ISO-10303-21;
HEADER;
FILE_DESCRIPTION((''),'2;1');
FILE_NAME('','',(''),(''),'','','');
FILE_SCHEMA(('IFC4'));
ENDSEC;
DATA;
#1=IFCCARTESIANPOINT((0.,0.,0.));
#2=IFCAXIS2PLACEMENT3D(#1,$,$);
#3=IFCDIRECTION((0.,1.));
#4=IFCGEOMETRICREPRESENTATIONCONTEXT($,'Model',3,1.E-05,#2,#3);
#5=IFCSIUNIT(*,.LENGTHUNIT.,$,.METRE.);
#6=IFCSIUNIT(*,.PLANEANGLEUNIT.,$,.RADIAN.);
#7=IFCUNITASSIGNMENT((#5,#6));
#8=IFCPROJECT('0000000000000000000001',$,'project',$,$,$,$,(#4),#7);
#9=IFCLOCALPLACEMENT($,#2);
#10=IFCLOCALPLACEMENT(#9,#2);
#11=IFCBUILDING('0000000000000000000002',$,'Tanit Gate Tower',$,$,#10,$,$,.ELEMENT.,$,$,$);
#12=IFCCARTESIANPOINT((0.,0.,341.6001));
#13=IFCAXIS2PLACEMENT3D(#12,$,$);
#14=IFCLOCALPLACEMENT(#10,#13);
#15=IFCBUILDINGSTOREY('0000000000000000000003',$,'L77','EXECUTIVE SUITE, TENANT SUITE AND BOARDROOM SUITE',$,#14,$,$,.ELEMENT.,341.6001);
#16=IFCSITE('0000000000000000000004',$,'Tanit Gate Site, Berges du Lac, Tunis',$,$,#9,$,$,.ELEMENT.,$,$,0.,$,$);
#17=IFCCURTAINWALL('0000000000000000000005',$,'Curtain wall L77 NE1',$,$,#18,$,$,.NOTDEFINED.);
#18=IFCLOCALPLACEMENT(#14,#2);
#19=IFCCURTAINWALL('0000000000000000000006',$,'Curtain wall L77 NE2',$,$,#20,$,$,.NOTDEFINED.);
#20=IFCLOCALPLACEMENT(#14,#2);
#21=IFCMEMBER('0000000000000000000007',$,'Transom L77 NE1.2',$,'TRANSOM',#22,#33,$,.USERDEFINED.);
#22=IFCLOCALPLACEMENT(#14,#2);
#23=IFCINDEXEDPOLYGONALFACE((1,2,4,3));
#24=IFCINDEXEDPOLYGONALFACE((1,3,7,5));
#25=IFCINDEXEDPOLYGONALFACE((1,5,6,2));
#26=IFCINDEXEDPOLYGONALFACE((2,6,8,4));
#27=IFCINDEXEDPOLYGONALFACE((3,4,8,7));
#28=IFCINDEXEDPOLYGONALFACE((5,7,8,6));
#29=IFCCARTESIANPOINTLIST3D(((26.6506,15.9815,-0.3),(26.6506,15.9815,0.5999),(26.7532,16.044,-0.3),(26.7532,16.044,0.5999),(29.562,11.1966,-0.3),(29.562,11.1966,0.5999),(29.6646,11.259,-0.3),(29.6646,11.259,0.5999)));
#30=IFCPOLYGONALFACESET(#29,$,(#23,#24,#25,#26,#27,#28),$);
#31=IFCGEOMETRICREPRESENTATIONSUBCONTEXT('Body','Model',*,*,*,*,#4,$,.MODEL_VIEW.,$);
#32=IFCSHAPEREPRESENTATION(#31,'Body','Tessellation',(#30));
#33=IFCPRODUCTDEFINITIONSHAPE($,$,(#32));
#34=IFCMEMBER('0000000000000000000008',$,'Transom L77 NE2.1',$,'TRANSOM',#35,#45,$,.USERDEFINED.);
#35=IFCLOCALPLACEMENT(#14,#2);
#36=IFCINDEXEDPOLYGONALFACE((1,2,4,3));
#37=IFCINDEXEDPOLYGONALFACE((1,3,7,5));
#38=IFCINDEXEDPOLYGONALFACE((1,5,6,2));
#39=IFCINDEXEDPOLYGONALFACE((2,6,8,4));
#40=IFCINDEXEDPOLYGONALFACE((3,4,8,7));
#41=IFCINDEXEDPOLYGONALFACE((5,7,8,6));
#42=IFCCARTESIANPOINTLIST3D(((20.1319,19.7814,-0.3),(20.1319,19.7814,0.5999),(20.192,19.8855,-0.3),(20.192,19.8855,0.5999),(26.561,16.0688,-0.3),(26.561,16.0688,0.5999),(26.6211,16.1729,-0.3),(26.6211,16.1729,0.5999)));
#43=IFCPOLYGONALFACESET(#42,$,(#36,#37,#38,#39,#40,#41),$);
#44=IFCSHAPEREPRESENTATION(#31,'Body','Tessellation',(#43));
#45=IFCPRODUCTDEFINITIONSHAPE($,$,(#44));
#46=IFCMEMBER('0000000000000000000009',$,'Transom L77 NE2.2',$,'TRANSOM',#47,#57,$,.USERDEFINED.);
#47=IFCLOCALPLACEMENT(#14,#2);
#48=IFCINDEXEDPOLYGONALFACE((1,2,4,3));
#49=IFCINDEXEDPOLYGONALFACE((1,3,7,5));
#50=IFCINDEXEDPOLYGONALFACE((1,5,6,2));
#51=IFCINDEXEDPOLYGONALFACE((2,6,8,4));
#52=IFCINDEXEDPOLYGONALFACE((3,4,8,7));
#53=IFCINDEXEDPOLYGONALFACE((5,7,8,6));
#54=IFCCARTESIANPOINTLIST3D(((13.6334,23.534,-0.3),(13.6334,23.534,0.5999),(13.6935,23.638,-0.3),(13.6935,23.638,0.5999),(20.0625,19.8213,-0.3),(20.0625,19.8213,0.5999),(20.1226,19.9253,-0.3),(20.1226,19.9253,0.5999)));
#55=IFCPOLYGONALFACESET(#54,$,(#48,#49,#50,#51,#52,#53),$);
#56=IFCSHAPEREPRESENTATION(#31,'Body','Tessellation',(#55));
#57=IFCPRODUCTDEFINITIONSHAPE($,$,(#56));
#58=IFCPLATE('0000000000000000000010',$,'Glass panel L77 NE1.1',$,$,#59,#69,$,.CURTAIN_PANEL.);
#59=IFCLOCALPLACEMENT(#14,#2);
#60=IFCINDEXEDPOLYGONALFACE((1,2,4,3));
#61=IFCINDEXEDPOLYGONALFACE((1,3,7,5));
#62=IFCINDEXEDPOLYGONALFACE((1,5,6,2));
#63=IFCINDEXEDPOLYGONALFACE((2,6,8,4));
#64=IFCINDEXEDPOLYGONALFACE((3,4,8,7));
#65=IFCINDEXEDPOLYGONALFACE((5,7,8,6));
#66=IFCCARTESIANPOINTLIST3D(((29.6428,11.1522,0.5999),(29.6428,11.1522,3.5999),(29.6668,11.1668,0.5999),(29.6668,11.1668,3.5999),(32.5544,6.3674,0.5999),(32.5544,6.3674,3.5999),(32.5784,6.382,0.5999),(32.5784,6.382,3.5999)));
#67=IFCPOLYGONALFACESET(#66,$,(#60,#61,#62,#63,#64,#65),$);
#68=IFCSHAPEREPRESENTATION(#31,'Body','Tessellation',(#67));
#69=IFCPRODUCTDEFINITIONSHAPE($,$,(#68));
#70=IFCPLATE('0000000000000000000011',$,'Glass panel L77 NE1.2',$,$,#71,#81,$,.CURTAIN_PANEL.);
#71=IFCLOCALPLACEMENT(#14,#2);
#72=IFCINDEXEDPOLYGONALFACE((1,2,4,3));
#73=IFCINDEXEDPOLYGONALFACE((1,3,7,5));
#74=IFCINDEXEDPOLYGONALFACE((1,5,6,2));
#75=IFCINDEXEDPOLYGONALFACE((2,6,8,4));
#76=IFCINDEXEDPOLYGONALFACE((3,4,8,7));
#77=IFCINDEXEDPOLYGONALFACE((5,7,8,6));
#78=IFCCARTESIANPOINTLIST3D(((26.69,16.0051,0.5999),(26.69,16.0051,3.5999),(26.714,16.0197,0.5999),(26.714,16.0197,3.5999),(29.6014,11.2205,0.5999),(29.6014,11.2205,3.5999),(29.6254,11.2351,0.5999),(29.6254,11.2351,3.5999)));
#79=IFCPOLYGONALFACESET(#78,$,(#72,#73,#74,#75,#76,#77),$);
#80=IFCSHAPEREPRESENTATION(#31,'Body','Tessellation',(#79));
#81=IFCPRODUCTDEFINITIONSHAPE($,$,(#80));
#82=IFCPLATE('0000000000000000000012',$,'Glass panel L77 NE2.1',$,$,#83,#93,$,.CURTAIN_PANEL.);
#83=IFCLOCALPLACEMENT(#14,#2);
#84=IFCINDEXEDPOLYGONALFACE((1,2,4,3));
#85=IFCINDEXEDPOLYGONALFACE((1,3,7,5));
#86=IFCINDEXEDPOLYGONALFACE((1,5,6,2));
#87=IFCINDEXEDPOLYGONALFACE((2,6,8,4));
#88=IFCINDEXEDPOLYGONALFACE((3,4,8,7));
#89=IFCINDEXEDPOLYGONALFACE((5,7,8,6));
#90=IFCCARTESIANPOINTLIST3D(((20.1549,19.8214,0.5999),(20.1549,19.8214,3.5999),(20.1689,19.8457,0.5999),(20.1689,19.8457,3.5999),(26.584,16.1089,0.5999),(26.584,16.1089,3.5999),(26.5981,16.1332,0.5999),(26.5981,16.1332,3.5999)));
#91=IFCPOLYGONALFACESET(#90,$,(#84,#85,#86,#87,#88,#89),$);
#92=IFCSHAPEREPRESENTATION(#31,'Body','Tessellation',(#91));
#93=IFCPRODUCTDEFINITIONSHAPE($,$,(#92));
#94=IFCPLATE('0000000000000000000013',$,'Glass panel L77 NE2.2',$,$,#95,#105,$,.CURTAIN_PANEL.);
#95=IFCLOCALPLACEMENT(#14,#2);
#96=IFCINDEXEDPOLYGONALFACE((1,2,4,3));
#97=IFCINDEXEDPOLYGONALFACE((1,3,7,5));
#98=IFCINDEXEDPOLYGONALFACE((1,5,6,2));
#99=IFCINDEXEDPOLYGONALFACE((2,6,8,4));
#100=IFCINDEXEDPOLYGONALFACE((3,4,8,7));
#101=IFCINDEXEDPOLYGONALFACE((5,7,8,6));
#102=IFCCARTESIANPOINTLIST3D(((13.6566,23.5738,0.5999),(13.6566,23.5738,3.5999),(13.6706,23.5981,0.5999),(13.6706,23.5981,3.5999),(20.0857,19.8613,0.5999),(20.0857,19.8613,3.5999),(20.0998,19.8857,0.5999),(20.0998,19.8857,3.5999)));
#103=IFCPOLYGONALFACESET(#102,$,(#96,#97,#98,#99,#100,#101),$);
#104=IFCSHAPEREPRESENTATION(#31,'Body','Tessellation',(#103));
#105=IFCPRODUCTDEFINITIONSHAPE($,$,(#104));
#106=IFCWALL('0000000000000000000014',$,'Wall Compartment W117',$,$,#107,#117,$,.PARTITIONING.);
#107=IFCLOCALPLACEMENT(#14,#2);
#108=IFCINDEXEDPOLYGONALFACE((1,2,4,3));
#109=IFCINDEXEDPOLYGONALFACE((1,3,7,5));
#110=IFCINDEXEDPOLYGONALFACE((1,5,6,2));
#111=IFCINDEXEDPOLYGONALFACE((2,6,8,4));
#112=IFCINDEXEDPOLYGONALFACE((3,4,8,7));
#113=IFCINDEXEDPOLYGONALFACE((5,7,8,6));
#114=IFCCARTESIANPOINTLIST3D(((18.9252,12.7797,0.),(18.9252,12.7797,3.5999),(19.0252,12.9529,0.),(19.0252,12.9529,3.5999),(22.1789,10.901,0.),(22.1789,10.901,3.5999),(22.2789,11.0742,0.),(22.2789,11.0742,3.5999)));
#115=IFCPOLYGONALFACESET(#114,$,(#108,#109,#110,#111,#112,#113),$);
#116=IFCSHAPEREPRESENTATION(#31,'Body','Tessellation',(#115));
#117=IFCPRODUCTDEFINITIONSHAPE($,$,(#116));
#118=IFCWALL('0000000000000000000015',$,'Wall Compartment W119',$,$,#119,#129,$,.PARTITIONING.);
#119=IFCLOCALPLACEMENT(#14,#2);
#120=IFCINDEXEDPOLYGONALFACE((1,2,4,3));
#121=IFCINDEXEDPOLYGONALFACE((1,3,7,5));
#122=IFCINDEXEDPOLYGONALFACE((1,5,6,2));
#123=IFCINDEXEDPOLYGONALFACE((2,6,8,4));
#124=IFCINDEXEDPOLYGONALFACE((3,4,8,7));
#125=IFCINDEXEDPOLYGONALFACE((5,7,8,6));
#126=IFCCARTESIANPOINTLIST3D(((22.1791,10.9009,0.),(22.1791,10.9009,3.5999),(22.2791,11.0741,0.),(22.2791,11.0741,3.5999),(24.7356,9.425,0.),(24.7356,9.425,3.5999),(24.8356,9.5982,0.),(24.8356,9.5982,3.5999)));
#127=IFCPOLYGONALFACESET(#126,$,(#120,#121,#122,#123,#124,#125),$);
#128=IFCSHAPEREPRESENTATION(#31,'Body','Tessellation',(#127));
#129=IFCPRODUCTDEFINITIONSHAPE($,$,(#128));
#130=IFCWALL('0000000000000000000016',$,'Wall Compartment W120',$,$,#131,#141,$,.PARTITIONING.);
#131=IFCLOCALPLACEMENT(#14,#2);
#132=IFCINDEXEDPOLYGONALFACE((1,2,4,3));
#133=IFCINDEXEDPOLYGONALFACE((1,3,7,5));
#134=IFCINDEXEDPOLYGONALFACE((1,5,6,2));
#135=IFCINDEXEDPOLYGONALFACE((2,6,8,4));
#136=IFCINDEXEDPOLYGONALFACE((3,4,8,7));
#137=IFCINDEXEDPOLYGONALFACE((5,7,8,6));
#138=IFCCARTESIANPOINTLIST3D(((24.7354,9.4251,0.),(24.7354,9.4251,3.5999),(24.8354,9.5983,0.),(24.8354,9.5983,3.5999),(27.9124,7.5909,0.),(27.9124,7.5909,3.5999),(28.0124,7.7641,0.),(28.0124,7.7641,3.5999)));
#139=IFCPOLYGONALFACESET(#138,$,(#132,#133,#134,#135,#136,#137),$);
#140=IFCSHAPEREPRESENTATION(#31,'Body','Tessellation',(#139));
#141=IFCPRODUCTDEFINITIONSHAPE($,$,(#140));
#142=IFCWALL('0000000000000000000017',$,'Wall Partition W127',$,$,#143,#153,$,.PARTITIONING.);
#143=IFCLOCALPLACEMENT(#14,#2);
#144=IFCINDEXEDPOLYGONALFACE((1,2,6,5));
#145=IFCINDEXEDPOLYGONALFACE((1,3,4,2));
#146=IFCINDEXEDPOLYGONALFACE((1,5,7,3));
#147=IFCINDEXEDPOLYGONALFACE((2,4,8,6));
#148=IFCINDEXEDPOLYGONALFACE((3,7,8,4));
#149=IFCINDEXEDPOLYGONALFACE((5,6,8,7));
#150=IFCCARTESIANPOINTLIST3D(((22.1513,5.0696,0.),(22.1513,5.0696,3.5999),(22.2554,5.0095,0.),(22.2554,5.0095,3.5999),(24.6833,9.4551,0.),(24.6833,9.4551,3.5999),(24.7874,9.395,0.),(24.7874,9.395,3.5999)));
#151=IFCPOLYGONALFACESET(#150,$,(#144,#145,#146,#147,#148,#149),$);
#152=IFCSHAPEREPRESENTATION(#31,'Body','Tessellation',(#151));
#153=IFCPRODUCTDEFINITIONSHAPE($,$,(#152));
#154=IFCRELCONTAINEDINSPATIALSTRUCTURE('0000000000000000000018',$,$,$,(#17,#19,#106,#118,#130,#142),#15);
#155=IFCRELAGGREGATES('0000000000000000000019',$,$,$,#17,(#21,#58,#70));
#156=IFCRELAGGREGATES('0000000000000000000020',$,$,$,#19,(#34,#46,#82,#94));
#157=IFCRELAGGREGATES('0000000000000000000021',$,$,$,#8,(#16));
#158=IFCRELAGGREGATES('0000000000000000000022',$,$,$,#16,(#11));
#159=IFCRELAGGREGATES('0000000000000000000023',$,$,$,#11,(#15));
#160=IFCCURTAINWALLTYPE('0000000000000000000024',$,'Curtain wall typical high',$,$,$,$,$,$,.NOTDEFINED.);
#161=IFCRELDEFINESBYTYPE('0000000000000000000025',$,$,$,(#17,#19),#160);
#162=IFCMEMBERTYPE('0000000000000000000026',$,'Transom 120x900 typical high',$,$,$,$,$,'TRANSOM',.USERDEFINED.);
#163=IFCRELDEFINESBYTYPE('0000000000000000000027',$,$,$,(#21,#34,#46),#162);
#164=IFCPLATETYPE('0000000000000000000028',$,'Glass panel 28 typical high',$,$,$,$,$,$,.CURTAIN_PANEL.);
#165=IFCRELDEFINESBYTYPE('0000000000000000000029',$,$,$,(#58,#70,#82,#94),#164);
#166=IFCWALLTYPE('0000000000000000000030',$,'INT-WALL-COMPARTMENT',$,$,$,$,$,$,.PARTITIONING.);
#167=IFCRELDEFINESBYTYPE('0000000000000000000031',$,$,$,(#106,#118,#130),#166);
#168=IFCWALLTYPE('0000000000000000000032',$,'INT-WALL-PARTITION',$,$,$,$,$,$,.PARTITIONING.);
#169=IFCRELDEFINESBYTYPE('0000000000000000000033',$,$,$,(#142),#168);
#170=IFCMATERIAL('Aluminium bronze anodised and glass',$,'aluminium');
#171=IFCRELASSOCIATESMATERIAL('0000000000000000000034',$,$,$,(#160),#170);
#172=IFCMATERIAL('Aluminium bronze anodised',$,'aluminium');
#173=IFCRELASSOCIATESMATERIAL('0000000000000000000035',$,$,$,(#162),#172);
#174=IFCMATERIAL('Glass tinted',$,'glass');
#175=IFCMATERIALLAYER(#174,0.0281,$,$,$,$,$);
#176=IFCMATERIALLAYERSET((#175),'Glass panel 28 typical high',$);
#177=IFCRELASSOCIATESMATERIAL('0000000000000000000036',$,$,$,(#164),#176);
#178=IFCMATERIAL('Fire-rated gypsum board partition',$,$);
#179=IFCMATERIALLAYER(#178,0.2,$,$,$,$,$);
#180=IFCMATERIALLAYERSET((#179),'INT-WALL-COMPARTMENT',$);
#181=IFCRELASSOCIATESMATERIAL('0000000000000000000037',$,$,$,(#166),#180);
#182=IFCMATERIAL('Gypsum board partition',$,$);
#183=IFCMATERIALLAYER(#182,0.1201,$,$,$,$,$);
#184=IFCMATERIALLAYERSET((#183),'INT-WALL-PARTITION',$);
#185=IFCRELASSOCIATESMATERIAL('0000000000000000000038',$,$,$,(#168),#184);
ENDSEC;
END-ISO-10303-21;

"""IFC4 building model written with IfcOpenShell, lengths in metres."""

from ifc_helpers import new_model, si_unit, direction, frame, frame_2d, origin, origin_2d, place, context, subcontext, project, spatial, rectangle, extrude, material, layer, layer_set, material_profile, profile_set, type_object, element, aggregate, save


model = new_model("IFC4")

# Units and contexts
model_context = context("Model", 3, precision=1e-05, world=origin(), true_north=direction((0.0, 1.0)))
body_context = subcontext(model_context, "Body", "Model", "MODEL_VIEW")
ifc_project = project(units=[si_unit("LENGTHUNIT", "METRE"), si_unit("PLANEANGLEUNIT", "RADIAN")], contexts=[model_context])

# Site, building, storey
site_placement = place(None, origin())
site = spatial("IfcSite", under=ifc_project, at=site_placement, Name="Tanit Gate Site, Berges du Lac, Tunis", CompositionType="ELEMENT", RefElevation=0.0)
building_placement = place(site_placement, origin())
building = spatial("IfcBuilding", under=site, at=building_placement, Name="Tanit Gate Tower", CompositionType="ELEMENT")
storey_placement = place(building_placement, frame((0.0, 0.0, 341.6001)))
storey = spatial("IfcBuildingStorey", under=building, at=storey_placement, Name="L77", Description="EXECUTIVE SUITE, TENANT SUITE AND BOARDROOM SUITE", CompositionType="ELEMENT", Elevation=341.6001)

# Curtain wall
ifc_material_1 = material(Name="Aluminium bronze anodised and glass", Category="aluminium")
curtain_wall_type = type_object("IfcCurtainWallType", Name="Curtain wall typical high", PredefinedType="NOTDEFINED", material=ifc_material_1)
curtain_wall_1_placement = place(storey_placement, origin())
curtain_wall_1 = element("IfcCurtainWall", 1, at=curtain_wall_1_placement, inside=storey, type_object=curtain_wall_type, Name="Curtain wall L77 NE1", PredefinedType="NOTDEFINED")

# Curtain wall
curtain_wall_2_placement = place(storey_placement, origin())
curtain_wall_2 = element("IfcCurtainWall", 2, at=curtain_wall_2_placement, inside=storey, type_object=curtain_wall_type, Name="Curtain wall L77 NE2", PredefinedType="NOTDEFINED")

# Members
ifc_material_2 = material(Name="Aluminium bronze anodised", Category="aluminium")
ifc_material_profile_1 = material_profile(ifc_material_2, rectangle(XDim=0.1201, YDim=0.8999, at=origin_2d()), Name="120x900 bronze transom")
ifc_profile_set_1 = profile_set([ifc_material_profile_1], Name="Aluminium bronze anodised")
member_type_1 = type_object("IfcMemberType", Name="Transom 120x900 typical high", ElementType="TRANSOM", PredefinedType="USERDEFINED", material=ifc_profile_set_1)
member_1_placement = place(storey_placement, frame((29.6133, 11.2278, 0.1499), z_axis=(-0.519793, 0.854292, 0.0), x_axis=(-0.854292, -0.519793, 0.0)))
member_1 = element("IfcMember", 3, at=member_1_placement, type_object=member_type_1, Name="Transom L77 NE1.2", ObjectType="TRANSOM", PredefinedType="USERDEFINED", context=body_context, shape_type="SweptSolid", body=[
    extrude(rectangle(XDim=0.1201, YDim=0.8999, at=origin_2d()), origin(), (0.0, 0.0, 1.0), 5.6011),
])
member_2_placement = place(storey_placement, frame((26.5911, 16.1208, 0.1499), z_axis=(-0.865982, 0.500075, 0.0), x_axis=(-0.500075, -0.865982, 0.0)))
member_2 = element("IfcMember", 4, at=member_2_placement, type_object=member_type_1, Name="Transom L77 NE2.1", ObjectType="TRANSOM", PredefinedType="USERDEFINED", context=body_context, shape_type="SweptSolid", body=[
    extrude(rectangle(XDim=0.1201, YDim=0.8999, at=origin_2d()), origin(), (0.0, 0.0, 1.0), 7.4241),
])
member_3_placement = place(storey_placement, frame((20.0925, 19.8733, 0.1499), z_axis=(-0.865974, 0.50009, 0.0), x_axis=(-0.50009, -0.865974, 0.0)))
member_3 = element("IfcMember", 5, at=member_3_placement, type_object=member_type_1, Name="Transom L77 NE2.2", ObjectType="TRANSOM", PredefinedType="USERDEFINED", context=body_context, shape_type="SweptSolid", body=[
    extrude(rectangle(XDim=0.1201, YDim=0.8999, at=origin_2d()), origin(), (0.0, 0.0, 1.0), 7.4241),
])

# Plates
ifc_material_3 = material(Name="Glass tinted", Category="glass")
ifc_layer_1 = layer(ifc_material_3, 0.0281)
ifc_layer_set_1 = layer_set([ifc_layer_1], Name="Glass panel 28 typical high")
plate_type = type_object("IfcPlateType", Name="Glass panel 28 typical high", PredefinedType="CURTAIN_PANEL", material=ifc_layer_set_1)
plate_1_placement = place(storey_placement, frame((31.1106, 8.7671, 0.5999), z_axis=(0.0, 0.0, 1.0), x_axis=(-0.51982, 0.854276, 0.0)))
plate_1 = element("IfcPlate", 6, at=plate_1_placement, type_object=plate_type, Name="Glass panel L77 NE1.1", PredefinedType="CURTAIN_PANEL", context=body_context, shape_type="SweptSolid", body=[
    extrude(rectangle(XDim=5.6011, YDim=0.0281, at=origin_2d()), origin(), (0.0, 0.0, 1.0), 3.0),
])
plate_2_placement = place(storey_placement, frame((28.1577, 13.6201, 0.5999), z_axis=(0.0, 0.0, 1.0), x_axis=(-0.51982, 0.854276, 0.0)))
plate_2 = element("IfcPlate", 7, at=plate_2_placement, type_object=plate_type, Name="Glass panel L77 NE1.2", PredefinedType="CURTAIN_PANEL", context=body_context, shape_type="SweptSolid", body=[
    extrude(rectangle(XDim=5.6008, YDim=0.0281, at=origin_2d()), origin(), (0.0, 0.0, 1.0), 3.0),
])
aggregate(curtain_wall_1, [member_1, plate_1, plate_2])
plate_3_placement = place(storey_placement, frame((23.3765, 17.9773, 0.5999), z_axis=(0.0, 0.0, 1.0), x_axis=(-0.865991, 0.50006, 0.0)))
plate_3 = element("IfcPlate", 8, at=plate_3_placement, type_object=plate_type, Name="Glass panel L77 NE2.1", PredefinedType="CURTAIN_PANEL", context=body_context, shape_type="SweptSolid", body=[
    extrude(rectangle(XDim=7.4241, YDim=0.0281, at=origin_2d()), origin(), (0.0, 0.0, 1.0), 3.0),
])
plate_4_placement = place(storey_placement, frame((16.8782, 21.7297, 0.5999), z_axis=(0.0, 0.0, 1.0), x_axis=(-0.865991, 0.50006, 0.0)))
plate_4 = element("IfcPlate", 9, at=plate_4_placement, type_object=plate_type, Name="Glass panel L77 NE2.2", PredefinedType="CURTAIN_PANEL", context=body_context, shape_type="SweptSolid", body=[
    extrude(rectangle(XDim=7.4241, YDim=0.0281, at=origin_2d()), origin(), (0.0, 0.0, 1.0), 3.0),
])
aggregate(curtain_wall_2, [member_2, member_3, plate_3, plate_4])

# Walls
ifc_material_4 = material(Name="Fire-rated gypsum board partition")
ifc_layer_2 = layer(ifc_material_4, 0.2)
ifc_layer_set_2 = layer_set([ifc_layer_2], Name="INT-WALL-COMPARTMENT")
wall_type_1 = type_object("IfcWallType", Name="INT-WALL-COMPARTMENT", PredefinedType="PARTITIONING", material=ifc_layer_set_2)
wall_1_placement = place(storey_placement, frame((18.9753, 12.8662, 0.0), z_axis=(0.0, 0.0, 1.0), x_axis=(0.866007, -0.500032, 0.0)))
element("IfcWall", 10, at=wall_1_placement, inside=storey, type_object=wall_type_1, Name="Wall Compartment W117", PredefinedType="PARTITIONING", context=body_context, shape_type="SweptSolid", body=[
    extrude(rectangle(XDim=3.7571, YDim=0.2, at=frame_2d((1.8784, 0.0))), origin(), (0.0, 0.0, 1.0), 3.5999),
])
wall_2_placement = place(storey_placement, frame((22.229, 10.9875, 0.0), z_axis=(0.0, 0.0, 1.0), x_axis=(0.866041, -0.499973, 0.0)))
element("IfcWall", 11, at=wall_2_placement, inside=storey, type_object=wall_type_1, Name="Wall Compartment W119", PredefinedType="PARTITIONING", context=body_context, shape_type="SweptSolid", body=[
    extrude(rectangle(XDim=2.9519, YDim=0.2, at=frame_2d((1.4761, 0.0))), origin(), (0.0, 0.0, 1.0), 3.5999),
])
wall_3_placement = place(storey_placement, frame((24.7854, 9.5117, 0.0), z_axis=(0.0, 0.0, 1.0), x_axis=(0.866027, -0.499997, 0.0)))
element("IfcWall", 12, at=wall_3_placement, inside=storey, type_object=wall_type_1, Name="Wall Compartment W120", PredefinedType="PARTITIONING", context=body_context, shape_type="SweptSolid", body=[
    extrude(rectangle(XDim=3.6685, YDim=0.2, at=frame_2d((1.8342, 0.0))), origin(), (0.0, 0.0, 1.0), 3.5999),
])
ifc_material_5 = material(Name="Gypsum board partition")
ifc_layer_3 = layer(ifc_material_5, 0.1201)
ifc_layer_set_3 = layer_set([ifc_layer_3], Name="INT-WALL-PARTITION")
wall_type_2 = type_object("IfcWallType", Name="INT-WALL-PARTITION", PredefinedType="PARTITIONING", material=ifc_layer_set_3)
wall_4_placement = place(storey_placement, frame((24.7354, 9.425, 0.0), z_axis=(0.0, 0.0, 1.0), x_axis=(-0.500002, -0.866024, 0.0)))
element("IfcWall", 13, at=wall_4_placement, inside=storey, type_object=wall_type_2, Name="Wall Partition W127", PredefinedType="PARTITIONING", context=body_context, shape_type="SweptSolid", body=[
    extrude(rectangle(XDim=5.064, YDim=0.1201, at=frame_2d((2.532, 0.0))), origin(), (0.0, 0.0, 1.0), 3.5999),
])

save(model, "model.ifc")
